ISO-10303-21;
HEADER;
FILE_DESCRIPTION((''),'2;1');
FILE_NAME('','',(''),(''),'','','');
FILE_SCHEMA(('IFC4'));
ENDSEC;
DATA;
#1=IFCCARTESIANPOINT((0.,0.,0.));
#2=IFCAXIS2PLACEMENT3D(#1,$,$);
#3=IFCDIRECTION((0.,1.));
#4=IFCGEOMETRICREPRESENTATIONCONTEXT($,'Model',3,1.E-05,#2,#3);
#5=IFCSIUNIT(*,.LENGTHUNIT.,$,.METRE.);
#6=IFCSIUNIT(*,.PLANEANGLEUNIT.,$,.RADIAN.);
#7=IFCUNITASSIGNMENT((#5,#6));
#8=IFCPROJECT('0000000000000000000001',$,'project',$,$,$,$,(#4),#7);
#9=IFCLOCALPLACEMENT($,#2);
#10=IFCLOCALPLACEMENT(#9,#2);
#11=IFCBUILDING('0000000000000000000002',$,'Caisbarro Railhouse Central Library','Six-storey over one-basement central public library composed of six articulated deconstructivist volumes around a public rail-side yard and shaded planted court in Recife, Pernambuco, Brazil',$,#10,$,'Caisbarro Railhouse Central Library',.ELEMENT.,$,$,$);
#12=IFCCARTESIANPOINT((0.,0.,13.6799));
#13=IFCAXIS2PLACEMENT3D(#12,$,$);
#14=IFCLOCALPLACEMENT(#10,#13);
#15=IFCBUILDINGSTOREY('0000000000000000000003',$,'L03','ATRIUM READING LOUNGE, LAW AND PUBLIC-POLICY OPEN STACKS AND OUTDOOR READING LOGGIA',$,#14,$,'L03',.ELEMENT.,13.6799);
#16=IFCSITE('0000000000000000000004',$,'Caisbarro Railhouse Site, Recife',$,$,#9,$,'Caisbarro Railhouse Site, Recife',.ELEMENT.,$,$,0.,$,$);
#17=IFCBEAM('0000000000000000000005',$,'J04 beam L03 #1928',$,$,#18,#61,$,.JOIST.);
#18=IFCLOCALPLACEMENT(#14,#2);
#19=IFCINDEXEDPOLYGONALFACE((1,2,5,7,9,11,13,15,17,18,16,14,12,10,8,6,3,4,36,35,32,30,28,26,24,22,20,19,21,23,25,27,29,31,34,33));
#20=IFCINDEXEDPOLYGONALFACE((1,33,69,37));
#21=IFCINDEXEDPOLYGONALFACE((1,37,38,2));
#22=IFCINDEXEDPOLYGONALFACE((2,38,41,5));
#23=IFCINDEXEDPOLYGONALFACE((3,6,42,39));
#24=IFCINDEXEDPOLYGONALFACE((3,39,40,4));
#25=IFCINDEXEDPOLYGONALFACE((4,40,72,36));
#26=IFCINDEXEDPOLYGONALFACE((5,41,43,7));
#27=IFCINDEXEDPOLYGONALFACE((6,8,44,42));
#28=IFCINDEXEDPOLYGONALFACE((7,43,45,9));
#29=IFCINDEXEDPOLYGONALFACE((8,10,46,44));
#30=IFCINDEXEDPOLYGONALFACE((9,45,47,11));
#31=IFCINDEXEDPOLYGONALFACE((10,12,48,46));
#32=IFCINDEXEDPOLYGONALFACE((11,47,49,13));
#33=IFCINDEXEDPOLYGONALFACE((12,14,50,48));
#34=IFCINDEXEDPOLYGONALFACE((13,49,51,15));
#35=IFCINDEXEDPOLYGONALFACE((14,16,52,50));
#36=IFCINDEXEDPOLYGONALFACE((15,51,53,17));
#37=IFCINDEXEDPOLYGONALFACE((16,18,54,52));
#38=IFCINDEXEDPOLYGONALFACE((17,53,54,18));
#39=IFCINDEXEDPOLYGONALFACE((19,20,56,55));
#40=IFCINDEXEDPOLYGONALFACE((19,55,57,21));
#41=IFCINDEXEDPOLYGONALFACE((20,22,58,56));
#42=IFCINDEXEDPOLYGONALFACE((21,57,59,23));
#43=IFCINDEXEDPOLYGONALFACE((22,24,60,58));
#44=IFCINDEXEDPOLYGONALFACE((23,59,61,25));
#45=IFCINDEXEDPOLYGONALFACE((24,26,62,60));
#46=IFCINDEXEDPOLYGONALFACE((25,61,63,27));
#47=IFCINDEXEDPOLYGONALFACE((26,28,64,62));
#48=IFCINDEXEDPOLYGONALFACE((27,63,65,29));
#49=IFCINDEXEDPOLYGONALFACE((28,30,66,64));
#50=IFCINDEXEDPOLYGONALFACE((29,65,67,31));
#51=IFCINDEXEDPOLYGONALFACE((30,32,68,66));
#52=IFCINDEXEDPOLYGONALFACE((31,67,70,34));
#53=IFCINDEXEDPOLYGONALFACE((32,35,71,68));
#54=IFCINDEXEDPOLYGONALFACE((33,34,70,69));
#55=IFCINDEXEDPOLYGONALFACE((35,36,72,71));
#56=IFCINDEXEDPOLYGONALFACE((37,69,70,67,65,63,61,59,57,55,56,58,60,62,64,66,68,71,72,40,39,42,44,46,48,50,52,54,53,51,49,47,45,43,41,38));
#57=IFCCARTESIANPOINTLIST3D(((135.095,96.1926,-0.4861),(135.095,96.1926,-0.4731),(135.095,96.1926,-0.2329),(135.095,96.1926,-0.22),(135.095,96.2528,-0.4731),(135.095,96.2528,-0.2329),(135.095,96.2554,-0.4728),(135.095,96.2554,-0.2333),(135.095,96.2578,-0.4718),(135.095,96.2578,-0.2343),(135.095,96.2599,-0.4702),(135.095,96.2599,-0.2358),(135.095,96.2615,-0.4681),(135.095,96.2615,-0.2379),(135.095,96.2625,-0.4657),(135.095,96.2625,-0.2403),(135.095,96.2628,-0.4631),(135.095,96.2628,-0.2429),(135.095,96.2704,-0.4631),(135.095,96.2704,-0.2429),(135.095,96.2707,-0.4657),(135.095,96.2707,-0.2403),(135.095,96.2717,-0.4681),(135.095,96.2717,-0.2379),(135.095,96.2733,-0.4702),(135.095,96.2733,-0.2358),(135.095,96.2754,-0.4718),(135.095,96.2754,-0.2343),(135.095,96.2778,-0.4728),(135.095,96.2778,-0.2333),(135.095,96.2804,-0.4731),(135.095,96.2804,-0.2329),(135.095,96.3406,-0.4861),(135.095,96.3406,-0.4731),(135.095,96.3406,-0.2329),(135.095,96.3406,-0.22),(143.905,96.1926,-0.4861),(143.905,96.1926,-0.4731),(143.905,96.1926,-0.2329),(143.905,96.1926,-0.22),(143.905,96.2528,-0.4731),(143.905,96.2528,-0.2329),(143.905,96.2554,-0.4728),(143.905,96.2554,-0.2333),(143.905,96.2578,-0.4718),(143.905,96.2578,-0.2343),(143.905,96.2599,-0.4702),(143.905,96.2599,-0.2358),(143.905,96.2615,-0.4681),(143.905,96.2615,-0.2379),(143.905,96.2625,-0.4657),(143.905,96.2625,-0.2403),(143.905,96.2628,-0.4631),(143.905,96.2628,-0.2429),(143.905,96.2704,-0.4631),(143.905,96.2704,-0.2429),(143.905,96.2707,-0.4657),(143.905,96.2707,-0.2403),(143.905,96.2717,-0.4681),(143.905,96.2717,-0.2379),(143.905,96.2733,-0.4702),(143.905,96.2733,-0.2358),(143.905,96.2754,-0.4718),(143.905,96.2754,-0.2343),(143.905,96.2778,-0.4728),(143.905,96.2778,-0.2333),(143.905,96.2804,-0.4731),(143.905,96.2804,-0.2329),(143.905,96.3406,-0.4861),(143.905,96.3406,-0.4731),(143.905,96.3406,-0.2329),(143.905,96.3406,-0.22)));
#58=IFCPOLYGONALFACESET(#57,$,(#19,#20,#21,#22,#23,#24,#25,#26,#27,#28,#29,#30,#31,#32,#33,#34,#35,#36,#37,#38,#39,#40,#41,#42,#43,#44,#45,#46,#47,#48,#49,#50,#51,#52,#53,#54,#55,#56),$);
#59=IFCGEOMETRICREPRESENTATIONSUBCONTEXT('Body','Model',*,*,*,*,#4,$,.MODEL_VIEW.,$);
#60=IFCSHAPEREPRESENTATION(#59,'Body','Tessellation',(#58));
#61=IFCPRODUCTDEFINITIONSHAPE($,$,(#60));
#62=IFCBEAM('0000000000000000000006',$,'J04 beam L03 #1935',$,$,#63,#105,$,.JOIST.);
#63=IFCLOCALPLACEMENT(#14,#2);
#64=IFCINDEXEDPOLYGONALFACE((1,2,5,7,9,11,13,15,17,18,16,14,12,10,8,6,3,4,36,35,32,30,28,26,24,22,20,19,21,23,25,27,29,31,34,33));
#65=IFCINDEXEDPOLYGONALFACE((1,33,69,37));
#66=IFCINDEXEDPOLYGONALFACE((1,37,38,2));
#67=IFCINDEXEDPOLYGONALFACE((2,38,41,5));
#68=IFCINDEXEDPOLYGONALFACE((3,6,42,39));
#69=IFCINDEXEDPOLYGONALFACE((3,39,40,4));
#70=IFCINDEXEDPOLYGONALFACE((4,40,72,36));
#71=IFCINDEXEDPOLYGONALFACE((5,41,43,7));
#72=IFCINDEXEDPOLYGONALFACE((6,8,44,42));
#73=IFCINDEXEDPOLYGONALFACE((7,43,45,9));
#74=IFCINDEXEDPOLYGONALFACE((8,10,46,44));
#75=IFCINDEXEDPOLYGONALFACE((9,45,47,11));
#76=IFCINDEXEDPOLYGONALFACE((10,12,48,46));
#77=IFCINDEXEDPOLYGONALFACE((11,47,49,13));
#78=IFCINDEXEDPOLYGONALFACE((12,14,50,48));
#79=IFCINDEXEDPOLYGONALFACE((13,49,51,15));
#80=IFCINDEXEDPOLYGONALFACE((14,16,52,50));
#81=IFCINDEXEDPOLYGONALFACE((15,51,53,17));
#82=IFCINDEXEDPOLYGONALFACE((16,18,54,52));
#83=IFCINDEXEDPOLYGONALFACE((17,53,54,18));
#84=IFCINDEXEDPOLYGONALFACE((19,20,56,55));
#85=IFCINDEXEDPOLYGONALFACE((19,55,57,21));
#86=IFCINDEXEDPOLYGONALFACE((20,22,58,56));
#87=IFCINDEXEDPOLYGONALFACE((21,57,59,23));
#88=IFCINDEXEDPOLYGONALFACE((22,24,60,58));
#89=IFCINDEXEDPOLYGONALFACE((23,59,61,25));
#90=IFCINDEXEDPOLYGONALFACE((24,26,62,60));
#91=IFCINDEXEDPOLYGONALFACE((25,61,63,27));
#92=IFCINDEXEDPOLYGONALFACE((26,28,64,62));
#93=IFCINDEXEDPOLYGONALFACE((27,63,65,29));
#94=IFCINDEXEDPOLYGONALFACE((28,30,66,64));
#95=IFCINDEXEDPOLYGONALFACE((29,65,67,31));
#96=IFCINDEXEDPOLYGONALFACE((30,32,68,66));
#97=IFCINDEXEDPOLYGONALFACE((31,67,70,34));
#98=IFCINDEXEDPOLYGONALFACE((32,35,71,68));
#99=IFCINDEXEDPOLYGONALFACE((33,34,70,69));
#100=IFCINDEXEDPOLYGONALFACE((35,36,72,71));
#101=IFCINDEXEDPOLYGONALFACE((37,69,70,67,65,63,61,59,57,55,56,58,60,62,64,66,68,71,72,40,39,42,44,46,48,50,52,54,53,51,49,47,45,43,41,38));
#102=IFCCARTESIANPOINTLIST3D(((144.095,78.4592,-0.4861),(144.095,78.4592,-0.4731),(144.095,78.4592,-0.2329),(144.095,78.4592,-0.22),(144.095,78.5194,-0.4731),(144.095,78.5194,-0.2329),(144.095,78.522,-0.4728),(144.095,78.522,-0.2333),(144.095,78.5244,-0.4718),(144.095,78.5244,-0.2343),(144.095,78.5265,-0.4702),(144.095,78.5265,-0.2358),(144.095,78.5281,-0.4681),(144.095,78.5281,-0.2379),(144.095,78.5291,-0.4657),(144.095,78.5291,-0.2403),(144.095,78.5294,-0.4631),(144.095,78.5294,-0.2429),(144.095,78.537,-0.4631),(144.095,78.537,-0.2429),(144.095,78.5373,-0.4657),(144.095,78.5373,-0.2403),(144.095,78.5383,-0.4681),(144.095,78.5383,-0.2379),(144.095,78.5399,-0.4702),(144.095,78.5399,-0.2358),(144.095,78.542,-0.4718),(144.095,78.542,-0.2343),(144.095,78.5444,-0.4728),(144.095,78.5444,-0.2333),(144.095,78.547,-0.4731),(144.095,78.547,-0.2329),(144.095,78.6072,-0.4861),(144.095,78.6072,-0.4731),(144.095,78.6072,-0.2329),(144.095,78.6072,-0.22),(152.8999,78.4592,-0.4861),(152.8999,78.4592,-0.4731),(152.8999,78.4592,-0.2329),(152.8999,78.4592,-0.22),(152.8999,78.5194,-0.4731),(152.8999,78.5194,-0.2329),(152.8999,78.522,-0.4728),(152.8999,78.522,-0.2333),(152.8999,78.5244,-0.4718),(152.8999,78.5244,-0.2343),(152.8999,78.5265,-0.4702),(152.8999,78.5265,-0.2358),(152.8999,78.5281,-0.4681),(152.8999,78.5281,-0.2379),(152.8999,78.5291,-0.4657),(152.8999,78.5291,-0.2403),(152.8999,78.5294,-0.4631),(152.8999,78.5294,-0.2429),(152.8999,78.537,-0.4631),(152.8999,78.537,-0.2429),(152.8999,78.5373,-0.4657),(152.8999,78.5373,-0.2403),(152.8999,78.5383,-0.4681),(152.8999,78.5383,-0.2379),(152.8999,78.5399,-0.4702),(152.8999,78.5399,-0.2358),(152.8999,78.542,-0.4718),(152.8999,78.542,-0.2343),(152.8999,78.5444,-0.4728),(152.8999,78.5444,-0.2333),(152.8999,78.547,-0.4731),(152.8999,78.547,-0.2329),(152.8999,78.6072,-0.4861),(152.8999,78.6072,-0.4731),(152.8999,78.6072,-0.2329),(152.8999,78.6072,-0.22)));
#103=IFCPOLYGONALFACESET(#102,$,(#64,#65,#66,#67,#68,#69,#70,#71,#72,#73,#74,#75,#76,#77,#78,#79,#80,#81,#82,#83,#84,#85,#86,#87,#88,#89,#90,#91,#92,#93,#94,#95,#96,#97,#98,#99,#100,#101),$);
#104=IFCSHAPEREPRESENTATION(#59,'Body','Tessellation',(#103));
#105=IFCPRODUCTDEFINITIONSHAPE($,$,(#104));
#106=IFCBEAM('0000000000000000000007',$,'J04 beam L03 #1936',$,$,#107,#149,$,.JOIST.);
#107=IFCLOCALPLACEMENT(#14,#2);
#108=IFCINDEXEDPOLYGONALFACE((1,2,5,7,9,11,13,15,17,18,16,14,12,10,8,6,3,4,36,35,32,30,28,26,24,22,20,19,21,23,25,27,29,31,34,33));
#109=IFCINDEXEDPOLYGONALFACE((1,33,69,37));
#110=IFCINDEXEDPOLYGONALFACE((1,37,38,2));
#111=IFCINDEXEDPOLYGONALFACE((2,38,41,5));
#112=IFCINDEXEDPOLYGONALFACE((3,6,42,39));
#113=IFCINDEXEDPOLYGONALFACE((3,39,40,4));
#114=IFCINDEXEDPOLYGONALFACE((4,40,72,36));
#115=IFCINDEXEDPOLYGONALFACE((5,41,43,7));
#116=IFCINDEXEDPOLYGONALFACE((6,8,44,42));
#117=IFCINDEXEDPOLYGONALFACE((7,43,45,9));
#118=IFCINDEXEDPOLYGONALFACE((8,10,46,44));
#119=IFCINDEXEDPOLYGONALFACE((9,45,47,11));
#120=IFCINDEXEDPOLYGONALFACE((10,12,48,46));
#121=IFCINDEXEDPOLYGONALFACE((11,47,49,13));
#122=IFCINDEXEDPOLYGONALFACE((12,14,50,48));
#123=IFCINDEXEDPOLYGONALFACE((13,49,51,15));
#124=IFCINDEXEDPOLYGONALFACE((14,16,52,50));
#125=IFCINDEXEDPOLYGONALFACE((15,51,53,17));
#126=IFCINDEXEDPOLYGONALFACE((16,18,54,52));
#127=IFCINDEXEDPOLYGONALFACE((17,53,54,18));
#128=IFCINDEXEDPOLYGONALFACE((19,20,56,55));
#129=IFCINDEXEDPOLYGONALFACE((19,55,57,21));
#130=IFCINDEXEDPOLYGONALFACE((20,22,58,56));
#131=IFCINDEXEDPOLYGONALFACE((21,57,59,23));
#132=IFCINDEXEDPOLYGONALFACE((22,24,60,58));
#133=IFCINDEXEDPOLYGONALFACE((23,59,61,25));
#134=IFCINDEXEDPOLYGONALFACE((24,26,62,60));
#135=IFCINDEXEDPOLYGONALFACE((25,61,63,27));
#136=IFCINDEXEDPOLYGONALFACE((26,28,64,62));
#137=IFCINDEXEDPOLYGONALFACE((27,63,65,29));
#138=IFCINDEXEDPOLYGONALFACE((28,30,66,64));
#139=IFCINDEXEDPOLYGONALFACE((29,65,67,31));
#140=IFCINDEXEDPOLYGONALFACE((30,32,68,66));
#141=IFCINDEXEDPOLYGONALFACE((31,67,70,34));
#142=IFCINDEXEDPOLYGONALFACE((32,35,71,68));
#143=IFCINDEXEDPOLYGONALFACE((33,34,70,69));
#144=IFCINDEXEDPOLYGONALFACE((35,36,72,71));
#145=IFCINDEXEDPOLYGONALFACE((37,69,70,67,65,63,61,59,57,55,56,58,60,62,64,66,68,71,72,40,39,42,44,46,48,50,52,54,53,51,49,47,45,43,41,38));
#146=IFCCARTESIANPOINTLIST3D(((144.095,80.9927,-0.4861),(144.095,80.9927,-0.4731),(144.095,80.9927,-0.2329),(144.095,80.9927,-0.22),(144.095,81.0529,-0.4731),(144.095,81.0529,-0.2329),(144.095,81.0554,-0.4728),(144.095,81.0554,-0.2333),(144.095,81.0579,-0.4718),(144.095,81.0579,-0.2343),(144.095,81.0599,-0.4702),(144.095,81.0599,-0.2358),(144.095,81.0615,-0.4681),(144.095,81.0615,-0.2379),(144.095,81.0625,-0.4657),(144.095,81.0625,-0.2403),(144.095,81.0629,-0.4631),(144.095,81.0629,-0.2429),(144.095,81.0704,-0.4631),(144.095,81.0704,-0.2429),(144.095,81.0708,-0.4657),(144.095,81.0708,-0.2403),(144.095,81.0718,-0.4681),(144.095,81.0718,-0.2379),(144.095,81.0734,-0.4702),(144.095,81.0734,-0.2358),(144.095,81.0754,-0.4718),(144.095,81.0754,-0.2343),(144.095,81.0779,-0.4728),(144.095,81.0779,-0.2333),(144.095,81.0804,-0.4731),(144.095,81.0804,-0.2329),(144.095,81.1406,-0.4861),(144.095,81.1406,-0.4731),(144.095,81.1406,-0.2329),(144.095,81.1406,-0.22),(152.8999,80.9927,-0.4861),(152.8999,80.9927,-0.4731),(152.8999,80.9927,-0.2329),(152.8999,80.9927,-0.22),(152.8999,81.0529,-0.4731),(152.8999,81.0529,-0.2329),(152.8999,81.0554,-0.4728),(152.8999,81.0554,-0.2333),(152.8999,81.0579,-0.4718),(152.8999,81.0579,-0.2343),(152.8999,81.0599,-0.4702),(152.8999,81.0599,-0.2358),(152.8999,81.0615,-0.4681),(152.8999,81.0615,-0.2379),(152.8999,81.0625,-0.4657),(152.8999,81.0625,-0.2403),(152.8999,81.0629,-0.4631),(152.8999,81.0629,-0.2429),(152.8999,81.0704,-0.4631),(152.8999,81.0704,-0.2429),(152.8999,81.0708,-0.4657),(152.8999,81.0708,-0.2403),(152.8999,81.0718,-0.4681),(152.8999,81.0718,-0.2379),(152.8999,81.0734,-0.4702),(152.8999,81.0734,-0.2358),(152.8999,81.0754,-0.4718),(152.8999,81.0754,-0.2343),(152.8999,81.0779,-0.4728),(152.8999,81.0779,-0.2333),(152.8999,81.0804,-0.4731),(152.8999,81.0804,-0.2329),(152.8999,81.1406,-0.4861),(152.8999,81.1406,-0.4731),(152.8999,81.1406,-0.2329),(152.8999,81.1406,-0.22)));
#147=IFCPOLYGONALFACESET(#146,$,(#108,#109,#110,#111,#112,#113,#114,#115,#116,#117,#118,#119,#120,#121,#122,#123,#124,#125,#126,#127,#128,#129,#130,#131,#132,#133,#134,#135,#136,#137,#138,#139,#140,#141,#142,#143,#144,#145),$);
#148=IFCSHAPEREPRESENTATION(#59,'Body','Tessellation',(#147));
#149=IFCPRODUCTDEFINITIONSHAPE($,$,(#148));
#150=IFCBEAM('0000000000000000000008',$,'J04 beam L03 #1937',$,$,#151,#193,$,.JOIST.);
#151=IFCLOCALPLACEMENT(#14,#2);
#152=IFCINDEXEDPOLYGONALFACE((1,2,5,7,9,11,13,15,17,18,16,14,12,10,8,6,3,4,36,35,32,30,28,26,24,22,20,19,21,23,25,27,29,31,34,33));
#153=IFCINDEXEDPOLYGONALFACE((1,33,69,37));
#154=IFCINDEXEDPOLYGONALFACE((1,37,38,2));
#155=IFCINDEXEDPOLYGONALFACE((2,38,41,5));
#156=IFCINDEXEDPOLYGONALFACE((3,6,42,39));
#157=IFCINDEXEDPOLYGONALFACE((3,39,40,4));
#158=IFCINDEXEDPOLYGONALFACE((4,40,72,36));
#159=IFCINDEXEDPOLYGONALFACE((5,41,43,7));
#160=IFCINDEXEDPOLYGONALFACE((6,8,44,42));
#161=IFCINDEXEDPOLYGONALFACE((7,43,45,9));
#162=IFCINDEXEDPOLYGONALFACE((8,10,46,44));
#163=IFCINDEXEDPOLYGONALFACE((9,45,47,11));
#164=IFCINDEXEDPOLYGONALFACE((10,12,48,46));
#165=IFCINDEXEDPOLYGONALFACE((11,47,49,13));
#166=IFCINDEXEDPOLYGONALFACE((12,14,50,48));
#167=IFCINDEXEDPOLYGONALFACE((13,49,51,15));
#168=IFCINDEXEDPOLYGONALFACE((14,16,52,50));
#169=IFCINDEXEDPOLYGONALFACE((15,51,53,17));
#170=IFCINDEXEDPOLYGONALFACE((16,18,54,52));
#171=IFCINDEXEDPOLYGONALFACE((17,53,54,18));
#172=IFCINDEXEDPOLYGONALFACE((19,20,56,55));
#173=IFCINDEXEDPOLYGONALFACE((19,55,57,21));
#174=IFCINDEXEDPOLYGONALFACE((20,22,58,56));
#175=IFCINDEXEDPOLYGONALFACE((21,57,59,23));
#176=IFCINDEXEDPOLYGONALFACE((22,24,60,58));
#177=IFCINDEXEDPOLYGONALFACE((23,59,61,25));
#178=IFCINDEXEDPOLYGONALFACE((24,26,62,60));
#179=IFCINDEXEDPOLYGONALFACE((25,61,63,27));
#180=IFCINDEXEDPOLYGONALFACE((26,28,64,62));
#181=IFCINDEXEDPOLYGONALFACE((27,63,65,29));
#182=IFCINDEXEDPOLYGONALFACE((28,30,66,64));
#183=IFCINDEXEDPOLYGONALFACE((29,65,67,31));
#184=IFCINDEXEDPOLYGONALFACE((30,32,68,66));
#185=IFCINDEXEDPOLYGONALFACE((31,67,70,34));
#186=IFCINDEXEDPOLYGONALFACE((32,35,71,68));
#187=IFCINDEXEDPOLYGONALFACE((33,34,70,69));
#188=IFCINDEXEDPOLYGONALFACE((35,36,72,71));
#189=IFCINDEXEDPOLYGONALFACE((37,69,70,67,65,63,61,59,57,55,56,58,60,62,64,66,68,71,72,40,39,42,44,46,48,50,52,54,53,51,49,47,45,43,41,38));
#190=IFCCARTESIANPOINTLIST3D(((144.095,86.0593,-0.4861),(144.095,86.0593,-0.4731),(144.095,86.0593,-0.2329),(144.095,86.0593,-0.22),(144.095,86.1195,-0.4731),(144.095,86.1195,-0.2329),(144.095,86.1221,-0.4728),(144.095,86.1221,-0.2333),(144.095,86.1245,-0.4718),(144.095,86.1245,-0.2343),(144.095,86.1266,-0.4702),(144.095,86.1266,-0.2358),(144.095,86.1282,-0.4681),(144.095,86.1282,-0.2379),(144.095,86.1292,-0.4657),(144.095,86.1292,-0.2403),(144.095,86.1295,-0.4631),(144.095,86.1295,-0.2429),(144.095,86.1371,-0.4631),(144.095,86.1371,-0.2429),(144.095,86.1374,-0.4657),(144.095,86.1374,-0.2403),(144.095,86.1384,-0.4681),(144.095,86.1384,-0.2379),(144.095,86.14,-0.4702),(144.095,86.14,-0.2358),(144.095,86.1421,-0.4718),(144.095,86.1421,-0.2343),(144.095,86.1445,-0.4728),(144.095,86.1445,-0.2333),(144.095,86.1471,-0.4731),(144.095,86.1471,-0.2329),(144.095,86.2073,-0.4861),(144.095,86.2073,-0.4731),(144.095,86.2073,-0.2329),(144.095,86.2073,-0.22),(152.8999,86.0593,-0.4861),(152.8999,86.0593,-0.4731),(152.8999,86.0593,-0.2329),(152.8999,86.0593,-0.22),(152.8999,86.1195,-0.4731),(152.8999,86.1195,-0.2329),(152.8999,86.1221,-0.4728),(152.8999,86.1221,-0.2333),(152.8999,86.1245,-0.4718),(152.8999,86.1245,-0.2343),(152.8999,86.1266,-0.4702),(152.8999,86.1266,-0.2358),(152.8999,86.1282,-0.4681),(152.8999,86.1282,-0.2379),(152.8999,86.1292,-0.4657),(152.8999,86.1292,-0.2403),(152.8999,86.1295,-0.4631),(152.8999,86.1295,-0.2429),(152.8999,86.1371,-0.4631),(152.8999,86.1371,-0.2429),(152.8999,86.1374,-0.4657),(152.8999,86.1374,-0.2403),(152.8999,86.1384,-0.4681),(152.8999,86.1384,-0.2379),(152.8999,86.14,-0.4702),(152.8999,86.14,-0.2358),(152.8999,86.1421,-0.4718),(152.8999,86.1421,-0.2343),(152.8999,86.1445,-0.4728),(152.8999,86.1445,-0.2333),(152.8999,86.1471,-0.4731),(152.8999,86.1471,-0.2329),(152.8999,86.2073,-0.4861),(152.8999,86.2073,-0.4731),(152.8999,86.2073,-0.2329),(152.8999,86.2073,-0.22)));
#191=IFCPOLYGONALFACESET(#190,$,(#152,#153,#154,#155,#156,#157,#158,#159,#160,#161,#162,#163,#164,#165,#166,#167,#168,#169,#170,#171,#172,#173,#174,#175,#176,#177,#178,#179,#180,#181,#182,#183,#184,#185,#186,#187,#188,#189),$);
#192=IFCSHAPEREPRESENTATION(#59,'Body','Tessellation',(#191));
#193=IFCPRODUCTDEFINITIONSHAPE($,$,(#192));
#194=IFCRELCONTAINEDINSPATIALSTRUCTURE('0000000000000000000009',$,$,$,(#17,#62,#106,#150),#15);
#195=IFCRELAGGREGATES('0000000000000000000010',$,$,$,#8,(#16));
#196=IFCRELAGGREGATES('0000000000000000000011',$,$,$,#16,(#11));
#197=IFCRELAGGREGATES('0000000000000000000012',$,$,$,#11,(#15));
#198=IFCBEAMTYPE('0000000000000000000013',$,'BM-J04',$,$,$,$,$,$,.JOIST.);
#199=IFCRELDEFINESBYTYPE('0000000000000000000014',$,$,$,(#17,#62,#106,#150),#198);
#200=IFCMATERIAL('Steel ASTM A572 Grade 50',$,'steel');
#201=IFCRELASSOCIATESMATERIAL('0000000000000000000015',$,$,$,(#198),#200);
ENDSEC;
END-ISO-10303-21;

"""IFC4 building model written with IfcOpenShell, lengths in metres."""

from ifc_helpers import new_model, si_unit, direction, frame, origin, origin_2d, place, context, subcontext, project, spatial, i_section, extrude, material, material_profile, profile_set, type_object, element, save


model = new_model("IFC4")

# Units and contexts
model_context = context("Model", 3, precision=1e-05, world=origin(), true_north=direction((0.0, 1.0)))
body_context = subcontext(model_context, "Body", "Model", "MODEL_VIEW")
ifc_project = project(units=[si_unit("LENGTHUNIT", "METRE"), si_unit("PLANEANGLEUNIT", "RADIAN")], contexts=[model_context])

# Site, building, storey
site_placement = place(None, origin())
site = spatial("IfcSite", under=ifc_project, at=site_placement, Name="Caisbarro Railhouse Site, Recife", LongName="Caisbarro Railhouse Site, Recife", CompositionType="ELEMENT", RefElevation=0.0)
building_placement = place(site_placement, origin())
building = spatial("IfcBuilding", under=site, at=building_placement, Name="Caisbarro Railhouse Central Library", Description="Six-storey over one-basement central public library composed of six articulated deconstructivist volumes around a public rail-side yard and shaded planted court in Recife, Pernambuco, Brazil", LongName="Caisbarro Railhouse Central Library", CompositionType="ELEMENT")
storey_placement = place(building_placement, frame((0.0, 0.0, 13.6799)))
storey = spatial("IfcBuildingStorey", under=building, at=storey_placement, Name="L03", Description="ATRIUM READING LOUNGE, LAW AND PUBLIC-POLICY OPEN STACKS AND OUTDOOR READING LOGGIA", LongName="L03", CompositionType="ELEMENT", Elevation=13.6799)

# Shared definitions
ifc_material_1 = material(Name="Steel ASTM A572 Grade 50", Category="steel")

# Beams
ifc_material_profile_1 = material_profile(ifc_material_1, i_section(OverallWidth=0.1479, OverallDepth=0.2661, WebThickness=0.0076, FlangeThickness=0.0129, FilletRadius=0.01, at=origin_2d()), Name="W250X44.8")
ifc_profile_set_1 = profile_set([ifc_material_profile_1], Name="Steel ASTM A572 Grade 50")
beam_type_1 = type_object("IfcBeamType", Name="BM-J04", PredefinedType="JOIST", material=ifc_profile_set_1)
for number, where, z_axis, x_axis, name in (
    (1, (135.095, 96.2666, -0.353), (1.0, 0.0, 0.0), (0.0, 1.0, 0.0), "J04 beam L03 #1928"),
):
    element("IfcBeam", number, at=place(storey_placement, frame(where, z_axis=z_axis, x_axis=x_axis)), inside=storey, type_object=beam_type_1, Name=name, PredefinedType="JOIST", context=body_context, shape_type="SweptSolid", body=[
        extrude(i_section(OverallWidth=0.1479, OverallDepth=0.2661, WebThickness=0.0076, FlangeThickness=0.0129, FilletRadius=0.01, at=origin_2d()), origin(), (0.0, 0.0, 1.0), 8.8101),
    ])
for number, where, z_axis, x_axis, name in (
    (2, (144.095, 78.5332, -0.353), (1.0, 0.0, 0.0), (0.0, 1.0, 0.0), "J04 beam L03 #1935"),
    (3, (144.095, 81.0667, -0.353), (1.0, 0.0, 0.0), (0.0, 1.0, 0.0), "J04 beam L03 #1936"),
    (4, (144.095, 86.1333, -0.353), (1.0, 0.0, 0.0), (0.0, 1.0, 0.0), "J04 beam L03 #1937"),
):
    element("IfcBeam", number, at=place(storey_placement, frame(where, z_axis=z_axis, x_axis=x_axis)), inside=storey, type_object=beam_type_1, Name=name, PredefinedType="JOIST", context=body_context, shape_type="SweptSolid", body=[
        extrude(i_section(OverallWidth=0.1479, OverallDepth=0.2661, WebThickness=0.0076, FlangeThickness=0.0129, FilletRadius=0.01, at=origin_2d()), origin(), (0.0, 0.0, 1.0), 8.8049),
    ])

save(model, "model.ifc")
